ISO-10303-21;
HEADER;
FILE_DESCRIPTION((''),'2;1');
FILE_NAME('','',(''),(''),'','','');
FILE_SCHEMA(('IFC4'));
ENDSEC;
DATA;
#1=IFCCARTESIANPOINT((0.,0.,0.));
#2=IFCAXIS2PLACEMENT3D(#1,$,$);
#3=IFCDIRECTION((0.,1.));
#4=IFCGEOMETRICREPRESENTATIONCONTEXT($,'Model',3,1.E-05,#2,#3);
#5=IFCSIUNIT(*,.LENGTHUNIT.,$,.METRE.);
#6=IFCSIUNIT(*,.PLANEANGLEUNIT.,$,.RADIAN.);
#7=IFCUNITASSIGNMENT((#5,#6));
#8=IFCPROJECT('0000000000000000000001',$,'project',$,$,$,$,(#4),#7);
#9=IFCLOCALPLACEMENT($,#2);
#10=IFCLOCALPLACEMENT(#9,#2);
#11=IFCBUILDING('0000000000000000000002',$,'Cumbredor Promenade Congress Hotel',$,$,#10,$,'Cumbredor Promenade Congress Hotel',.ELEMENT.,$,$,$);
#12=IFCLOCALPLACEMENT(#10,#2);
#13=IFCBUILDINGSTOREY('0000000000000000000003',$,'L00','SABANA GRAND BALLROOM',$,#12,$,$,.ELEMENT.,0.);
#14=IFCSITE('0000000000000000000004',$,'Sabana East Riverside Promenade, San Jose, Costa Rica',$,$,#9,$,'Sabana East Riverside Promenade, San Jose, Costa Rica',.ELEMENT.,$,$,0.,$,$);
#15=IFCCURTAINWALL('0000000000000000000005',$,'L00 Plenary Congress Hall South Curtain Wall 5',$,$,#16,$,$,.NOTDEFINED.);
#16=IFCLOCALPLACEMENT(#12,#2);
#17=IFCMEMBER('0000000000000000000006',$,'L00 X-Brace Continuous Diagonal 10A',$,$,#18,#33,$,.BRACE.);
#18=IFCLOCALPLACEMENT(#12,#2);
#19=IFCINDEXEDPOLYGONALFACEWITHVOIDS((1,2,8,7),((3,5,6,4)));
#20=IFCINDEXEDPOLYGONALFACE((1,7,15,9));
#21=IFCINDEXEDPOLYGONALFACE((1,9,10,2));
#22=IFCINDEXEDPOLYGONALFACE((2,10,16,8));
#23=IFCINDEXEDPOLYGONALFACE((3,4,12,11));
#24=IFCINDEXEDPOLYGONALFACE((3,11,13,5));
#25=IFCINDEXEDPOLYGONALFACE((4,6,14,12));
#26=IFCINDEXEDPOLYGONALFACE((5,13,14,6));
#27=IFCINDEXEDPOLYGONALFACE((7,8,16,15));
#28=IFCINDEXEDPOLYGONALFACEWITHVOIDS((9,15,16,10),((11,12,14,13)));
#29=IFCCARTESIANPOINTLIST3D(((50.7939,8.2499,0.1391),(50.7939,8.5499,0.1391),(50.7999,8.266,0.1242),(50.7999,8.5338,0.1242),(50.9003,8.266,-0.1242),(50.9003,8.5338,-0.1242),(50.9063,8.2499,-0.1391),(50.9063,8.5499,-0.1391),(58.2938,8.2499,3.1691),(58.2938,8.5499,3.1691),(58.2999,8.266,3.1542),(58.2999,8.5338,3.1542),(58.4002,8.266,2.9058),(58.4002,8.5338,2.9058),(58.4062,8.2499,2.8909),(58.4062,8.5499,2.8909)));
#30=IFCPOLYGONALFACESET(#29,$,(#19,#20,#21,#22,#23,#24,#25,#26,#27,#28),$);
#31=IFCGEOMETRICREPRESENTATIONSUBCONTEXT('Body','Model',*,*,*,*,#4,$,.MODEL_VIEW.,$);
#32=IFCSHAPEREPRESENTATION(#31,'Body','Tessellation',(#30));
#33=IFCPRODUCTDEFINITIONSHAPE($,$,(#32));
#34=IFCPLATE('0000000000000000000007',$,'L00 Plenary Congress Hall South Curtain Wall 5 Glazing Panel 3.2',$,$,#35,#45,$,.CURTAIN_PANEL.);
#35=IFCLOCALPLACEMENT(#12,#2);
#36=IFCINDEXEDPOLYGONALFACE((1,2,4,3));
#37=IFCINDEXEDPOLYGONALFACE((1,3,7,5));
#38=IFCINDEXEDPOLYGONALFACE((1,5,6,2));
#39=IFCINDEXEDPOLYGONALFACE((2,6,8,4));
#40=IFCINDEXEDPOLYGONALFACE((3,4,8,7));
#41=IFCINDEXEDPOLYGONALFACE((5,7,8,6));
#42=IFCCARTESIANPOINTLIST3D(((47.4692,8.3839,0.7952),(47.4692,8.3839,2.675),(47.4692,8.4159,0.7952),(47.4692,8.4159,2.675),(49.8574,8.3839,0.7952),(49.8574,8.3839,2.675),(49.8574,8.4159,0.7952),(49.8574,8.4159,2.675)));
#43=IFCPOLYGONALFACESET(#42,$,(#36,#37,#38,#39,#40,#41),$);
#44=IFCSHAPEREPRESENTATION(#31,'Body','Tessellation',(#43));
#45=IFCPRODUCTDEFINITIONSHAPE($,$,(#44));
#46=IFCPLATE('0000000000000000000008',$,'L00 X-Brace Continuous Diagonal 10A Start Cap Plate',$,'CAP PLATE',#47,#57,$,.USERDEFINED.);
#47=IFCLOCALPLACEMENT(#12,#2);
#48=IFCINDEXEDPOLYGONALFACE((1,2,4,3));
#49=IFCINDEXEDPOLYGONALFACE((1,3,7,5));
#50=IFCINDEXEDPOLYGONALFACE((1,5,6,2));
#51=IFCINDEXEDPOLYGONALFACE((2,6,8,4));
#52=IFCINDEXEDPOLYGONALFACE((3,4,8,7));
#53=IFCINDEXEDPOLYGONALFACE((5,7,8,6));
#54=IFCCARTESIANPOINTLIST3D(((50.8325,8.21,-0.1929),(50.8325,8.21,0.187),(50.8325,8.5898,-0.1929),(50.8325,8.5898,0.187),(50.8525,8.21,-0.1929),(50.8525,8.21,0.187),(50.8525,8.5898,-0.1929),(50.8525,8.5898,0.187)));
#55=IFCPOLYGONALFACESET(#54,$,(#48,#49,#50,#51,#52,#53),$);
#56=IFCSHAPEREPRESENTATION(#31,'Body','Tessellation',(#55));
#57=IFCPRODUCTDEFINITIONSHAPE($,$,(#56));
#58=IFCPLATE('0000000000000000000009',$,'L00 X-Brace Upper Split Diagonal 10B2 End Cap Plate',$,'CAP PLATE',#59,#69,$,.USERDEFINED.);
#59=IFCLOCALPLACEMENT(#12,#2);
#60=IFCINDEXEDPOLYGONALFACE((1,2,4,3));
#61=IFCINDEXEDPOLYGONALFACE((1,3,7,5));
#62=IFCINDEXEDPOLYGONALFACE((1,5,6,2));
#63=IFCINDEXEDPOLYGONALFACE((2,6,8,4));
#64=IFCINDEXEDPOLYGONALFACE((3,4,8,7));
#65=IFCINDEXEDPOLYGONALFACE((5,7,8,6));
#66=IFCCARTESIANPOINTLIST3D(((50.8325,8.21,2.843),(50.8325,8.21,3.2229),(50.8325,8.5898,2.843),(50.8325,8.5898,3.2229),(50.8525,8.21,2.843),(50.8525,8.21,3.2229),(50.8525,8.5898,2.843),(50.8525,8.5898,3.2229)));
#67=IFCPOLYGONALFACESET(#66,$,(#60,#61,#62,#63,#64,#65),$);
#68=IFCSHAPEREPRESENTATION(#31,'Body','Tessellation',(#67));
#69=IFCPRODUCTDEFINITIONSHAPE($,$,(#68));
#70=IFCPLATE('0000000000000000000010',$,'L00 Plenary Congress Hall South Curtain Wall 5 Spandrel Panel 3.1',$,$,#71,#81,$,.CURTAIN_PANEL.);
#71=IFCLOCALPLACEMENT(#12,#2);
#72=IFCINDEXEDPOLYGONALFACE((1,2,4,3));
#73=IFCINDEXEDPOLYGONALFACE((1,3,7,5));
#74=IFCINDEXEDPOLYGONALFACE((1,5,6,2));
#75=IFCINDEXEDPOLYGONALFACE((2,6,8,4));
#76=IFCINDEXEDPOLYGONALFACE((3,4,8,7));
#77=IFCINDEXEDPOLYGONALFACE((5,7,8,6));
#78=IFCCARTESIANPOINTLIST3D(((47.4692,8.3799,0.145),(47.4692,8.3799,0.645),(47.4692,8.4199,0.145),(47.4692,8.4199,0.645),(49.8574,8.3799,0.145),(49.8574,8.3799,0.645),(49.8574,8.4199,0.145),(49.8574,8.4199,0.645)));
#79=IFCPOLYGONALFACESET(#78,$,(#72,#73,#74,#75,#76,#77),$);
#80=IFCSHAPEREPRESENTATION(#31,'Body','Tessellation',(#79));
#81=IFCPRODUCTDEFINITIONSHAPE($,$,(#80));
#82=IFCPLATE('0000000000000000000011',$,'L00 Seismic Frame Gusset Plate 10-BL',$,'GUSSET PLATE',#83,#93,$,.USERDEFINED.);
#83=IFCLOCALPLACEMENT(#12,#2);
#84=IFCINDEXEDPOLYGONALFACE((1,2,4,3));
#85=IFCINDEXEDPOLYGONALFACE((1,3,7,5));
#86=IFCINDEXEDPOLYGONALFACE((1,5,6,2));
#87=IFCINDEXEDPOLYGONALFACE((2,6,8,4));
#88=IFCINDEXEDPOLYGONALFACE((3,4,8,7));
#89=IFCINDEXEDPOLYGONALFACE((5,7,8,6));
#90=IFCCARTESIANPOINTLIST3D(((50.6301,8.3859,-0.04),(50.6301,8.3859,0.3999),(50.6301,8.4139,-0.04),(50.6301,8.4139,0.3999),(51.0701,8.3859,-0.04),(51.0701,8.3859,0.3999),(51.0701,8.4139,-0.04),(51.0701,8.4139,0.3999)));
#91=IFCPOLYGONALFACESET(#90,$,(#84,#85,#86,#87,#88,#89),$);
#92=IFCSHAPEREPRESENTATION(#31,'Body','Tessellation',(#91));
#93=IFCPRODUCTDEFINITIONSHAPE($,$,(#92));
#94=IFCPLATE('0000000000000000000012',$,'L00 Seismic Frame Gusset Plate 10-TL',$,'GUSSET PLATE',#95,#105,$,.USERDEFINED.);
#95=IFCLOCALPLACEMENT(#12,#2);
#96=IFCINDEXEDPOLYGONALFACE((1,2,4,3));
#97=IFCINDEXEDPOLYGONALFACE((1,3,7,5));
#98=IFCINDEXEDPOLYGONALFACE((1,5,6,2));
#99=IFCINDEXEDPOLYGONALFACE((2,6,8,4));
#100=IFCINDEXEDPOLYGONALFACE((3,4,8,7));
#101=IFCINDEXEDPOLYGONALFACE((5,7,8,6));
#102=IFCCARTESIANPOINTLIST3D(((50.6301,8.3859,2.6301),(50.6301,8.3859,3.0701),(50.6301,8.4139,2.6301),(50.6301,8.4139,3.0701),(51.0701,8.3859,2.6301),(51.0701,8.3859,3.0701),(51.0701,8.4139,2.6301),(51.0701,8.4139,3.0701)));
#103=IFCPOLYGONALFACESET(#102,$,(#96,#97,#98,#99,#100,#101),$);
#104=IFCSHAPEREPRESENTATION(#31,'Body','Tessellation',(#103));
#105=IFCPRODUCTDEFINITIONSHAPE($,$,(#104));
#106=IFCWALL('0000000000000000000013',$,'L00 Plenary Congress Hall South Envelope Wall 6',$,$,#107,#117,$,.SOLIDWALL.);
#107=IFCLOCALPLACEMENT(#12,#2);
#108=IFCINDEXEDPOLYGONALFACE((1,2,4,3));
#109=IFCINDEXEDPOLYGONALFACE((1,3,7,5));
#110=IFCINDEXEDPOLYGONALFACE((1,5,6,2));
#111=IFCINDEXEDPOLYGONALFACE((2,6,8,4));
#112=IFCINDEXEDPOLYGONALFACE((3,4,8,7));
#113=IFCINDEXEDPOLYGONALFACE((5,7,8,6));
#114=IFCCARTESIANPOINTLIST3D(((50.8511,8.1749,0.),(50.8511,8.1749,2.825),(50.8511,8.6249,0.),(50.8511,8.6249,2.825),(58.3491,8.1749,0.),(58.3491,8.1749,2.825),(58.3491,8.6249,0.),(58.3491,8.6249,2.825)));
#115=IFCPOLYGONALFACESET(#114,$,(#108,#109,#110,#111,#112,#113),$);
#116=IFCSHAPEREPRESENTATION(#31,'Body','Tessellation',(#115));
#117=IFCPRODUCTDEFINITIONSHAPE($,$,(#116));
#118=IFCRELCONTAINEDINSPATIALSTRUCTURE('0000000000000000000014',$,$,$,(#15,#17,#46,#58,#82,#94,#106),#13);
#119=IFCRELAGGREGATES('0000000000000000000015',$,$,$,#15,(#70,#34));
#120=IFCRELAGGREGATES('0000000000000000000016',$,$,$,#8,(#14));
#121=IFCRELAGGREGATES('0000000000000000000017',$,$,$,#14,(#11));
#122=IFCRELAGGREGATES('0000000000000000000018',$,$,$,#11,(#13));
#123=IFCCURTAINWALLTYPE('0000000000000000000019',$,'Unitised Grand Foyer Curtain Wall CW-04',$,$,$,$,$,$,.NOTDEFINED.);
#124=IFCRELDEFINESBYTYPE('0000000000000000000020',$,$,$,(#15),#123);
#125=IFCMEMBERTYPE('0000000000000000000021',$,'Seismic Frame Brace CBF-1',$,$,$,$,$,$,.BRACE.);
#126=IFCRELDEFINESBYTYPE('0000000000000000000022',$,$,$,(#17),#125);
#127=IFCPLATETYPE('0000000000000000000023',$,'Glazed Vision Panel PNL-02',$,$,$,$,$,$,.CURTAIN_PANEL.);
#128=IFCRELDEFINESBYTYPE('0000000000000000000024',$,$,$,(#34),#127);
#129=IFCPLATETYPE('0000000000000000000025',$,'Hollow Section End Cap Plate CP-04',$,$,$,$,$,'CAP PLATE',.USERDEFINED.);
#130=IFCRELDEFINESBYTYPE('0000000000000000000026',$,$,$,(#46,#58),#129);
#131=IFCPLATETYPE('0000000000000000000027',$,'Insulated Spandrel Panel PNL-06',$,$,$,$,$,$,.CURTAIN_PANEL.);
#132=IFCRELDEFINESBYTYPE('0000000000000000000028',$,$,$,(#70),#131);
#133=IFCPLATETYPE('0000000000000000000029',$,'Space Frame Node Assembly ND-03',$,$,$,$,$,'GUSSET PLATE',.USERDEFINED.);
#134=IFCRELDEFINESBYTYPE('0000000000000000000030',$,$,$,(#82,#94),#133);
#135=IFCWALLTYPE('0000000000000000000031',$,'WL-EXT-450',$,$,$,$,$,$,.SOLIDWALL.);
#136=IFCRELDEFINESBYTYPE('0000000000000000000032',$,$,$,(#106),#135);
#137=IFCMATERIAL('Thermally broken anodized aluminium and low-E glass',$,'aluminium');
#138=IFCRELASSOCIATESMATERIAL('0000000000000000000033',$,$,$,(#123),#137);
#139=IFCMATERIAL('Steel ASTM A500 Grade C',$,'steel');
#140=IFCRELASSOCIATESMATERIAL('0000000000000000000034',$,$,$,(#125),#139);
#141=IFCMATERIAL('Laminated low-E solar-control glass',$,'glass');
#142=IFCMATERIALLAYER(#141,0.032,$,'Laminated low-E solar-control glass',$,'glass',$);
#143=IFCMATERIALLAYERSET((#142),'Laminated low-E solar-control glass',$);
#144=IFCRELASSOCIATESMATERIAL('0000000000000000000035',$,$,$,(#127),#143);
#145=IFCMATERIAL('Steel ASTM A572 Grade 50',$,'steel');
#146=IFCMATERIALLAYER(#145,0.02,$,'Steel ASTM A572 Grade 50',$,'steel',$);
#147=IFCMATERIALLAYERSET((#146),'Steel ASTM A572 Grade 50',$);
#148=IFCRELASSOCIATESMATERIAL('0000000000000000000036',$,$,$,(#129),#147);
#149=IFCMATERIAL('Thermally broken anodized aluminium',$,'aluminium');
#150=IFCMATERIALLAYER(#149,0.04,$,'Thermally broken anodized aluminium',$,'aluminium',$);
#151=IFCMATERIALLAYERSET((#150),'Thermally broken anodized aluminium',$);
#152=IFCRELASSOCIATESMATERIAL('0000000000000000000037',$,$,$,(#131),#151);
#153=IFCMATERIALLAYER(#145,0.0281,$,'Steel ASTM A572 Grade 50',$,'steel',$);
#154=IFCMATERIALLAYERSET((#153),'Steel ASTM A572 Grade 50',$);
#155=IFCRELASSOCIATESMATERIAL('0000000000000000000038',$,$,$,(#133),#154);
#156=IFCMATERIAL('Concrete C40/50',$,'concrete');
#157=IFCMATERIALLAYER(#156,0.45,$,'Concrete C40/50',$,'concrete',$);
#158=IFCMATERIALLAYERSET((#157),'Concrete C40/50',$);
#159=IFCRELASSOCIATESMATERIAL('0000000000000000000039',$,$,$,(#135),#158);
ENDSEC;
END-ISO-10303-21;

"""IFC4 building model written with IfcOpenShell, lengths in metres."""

from ifc_helpers import new_model, si_unit, direction, frame, frame_2d, origin, origin_2d, place, context, subcontext, project, spatial, rectangle, hollow_rectangle, extrude, material, layer, layer_set, material_profile, profile_set, type_object, element, aggregate, save


model = new_model("IFC4")

# Units and contexts
model_context = context("Model", 3, precision=1e-05, world=origin(), true_north=direction((0.0, 1.0)))
body_context = subcontext(model_context, "Body", "Model", "MODEL_VIEW")
ifc_project = project(units=[si_unit("LENGTHUNIT", "METRE"), si_unit("PLANEANGLEUNIT", "RADIAN")], contexts=[model_context])

# Site, building, storey
site_placement = place(None, origin())
site = spatial("IfcSite", under=ifc_project, at=site_placement, Name="Sabana East Riverside Promenade, San Jose, Costa Rica", LongName="Sabana East Riverside Promenade, San Jose, Costa Rica", CompositionType="ELEMENT", RefElevation=0.0)
building_placement = place(site_placement, origin())
building = spatial("IfcBuilding", under=site, at=building_placement, Name="Cumbredor Promenade Congress Hotel", LongName="Cumbredor Promenade Congress Hotel", CompositionType="ELEMENT")
storey_placement = place(building_placement, origin())
storey = spatial("IfcBuildingStorey", under=building, at=storey_placement, Name="L00", Description="SABANA GRAND BALLROOM", CompositionType="ELEMENT", Elevation=0.0)

# Shared definitions
ifc_material_1 = material(Name="Concrete C40/50", Category="concrete")

# Curtain wall
ifc_material_2 = material(Name="Thermally broken anodized aluminium and low-E glass", Category="aluminium")
curtain_wall_type = type_object("IfcCurtainWallType", Name="Unitised Grand Foyer Curtain Wall CW-04", PredefinedType="NOTDEFINED", material=ifc_material_2)
curtain_wall_placement = place(storey_placement, origin())
curtain_wall = element("IfcCurtainWall", 1, at=curtain_wall_placement, inside=storey, type_object=curtain_wall_type, Name="L00 Plenary Congress Hall South Curtain Wall 5", PredefinedType="NOTDEFINED")
ifc_material_3 = material(Name="Thermally broken anodized aluminium", Category="aluminium")

# Member
ifc_material_4 = material(Name="Steel ASTM A500 Grade C", Category="steel")
ifc_material_profile_1 = material_profile(ifc_material_4, hollow_rectangle(XDim=0.3, YDim=0.3, WallThickness=0.0161, at=origin_2d()), Name="HSS 300x300x16")
ifc_profile_set_1 = profile_set([ifc_material_profile_1], Name="Steel ASTM A500 Grade C")
member_type_1 = type_object("IfcMemberType", Name="Seismic Frame Brace CBF-1", PredefinedType="BRACE", material=ifc_profile_set_1)
member_1_placement = place(storey_placement, frame((50.8501, 8.3999, 0.0), z_axis=(0.927191, 0.0, 0.374589), x_axis=(0.0, 1.0, 0.0)))
element("IfcMember", 2, at=member_1_placement, inside=storey, type_object=member_type_1, Name="L00 X-Brace Continuous Diagonal 10A", PredefinedType="BRACE", context=body_context, shape_type="SweptSolid", body=[
    extrude(hollow_rectangle(XDim=0.3, YDim=0.3, WallThickness=0.0161, at=origin_2d()), origin(), (0.0, 0.0, 1.0), 8.0889),
])

# Plate
ifc_material_5 = material(Name="Laminated low-E solar-control glass", Category="glass")
ifc_layer_1 = layer(ifc_material_5, 0.032, Name="Laminated low-E solar-control glass", Category="glass")
ifc_layer_set_1 = layer_set([ifc_layer_1], Name="Laminated low-E solar-control glass")
plate_type_1 = type_object("IfcPlateType", Name="Glazed Vision Panel PNL-02", PredefinedType="CURTAIN_PANEL", material=ifc_layer_set_1)
plate_1_placement = place(storey_placement, frame((48.6633, 8.3999, 0.7952), z_axis=(0.0, 0.0, 1.0), x_axis=(1.0, 0.0, 0.0)))
plate_1 = element("IfcPlate", 3, at=plate_1_placement, type_object=plate_type_1, Name="L00 Plenary Congress Hall South Curtain Wall 5 Glazing Panel 3.2", PredefinedType="CURTAIN_PANEL", context=body_context, shape_type="SweptSolid", body=[
    extrude(rectangle(XDim=2.3882, YDim=0.032, at=origin_2d()), origin(), (0.0, 0.0, 1.0), 1.8799),
])

# Plates
ifc_material_6 = material(Name="Steel ASTM A572 Grade 50", Category="steel")
ifc_layer_2 = layer(ifc_material_6, 0.02, Name="Steel ASTM A572 Grade 50", Category="steel")
ifc_layer_set_2 = layer_set([ifc_layer_2], Name="Steel ASTM A572 Grade 50")
plate_type_2 = type_object("IfcPlateType", Name="Hollow Section End Cap Plate CP-04", ElementType="CAP PLATE", PredefinedType="USERDEFINED", material=ifc_layer_set_2)
for number, where, z_axis, x_axis, name in (
    (4, (50.8425, 8.3999, -0.1929), (0.0, 0.0, 1.0), (1.0, 0.0, 0.0), "L00 X-Brace Continuous Diagonal 10A Start Cap Plate"),
    (5, (50.8425, 8.3999, 2.843), (0.0, 0.0, 1.0), (-1.0, 0.0, 0.0), "L00 X-Brace Upper Split Diagonal 10B2 End Cap Plate"),
):
    element("IfcPlate", number, at=place(storey_placement, frame(where, z_axis=z_axis, x_axis=x_axis)), inside=storey, type_object=plate_type_2, Name=name, ObjectType="CAP PLATE", PredefinedType="USERDEFINED", context=body_context, shape_type="SweptSolid", body=[
        extrude(rectangle(XDim=0.02, YDim=0.3799, at=origin_2d()), origin(), (0.0, 0.0, 1.0), 0.3799),
    ])

# Plate
ifc_layer_3 = layer(ifc_material_3, 0.04, Name="Thermally broken anodized aluminium", Category="aluminium")
ifc_layer_set_3 = layer_set([ifc_layer_3], Name="Thermally broken anodized aluminium")
plate_type_3 = type_object("IfcPlateType", Name="Insulated Spandrel Panel PNL-06", PredefinedType="CURTAIN_PANEL", material=ifc_layer_set_3)
plate_2_placement = place(storey_placement, frame((48.6633, 8.3999, 0.145), z_axis=(0.0, 0.0, 1.0), x_axis=(1.0, 0.0, 0.0)))
plate_2 = element("IfcPlate", 6, at=plate_2_placement, type_object=plate_type_3, Name="L00 Plenary Congress Hall South Curtain Wall 5 Spandrel Panel 3.1", PredefinedType="CURTAIN_PANEL", context=body_context, shape_type="SweptSolid", body=[
    extrude(rectangle(XDim=2.3882, YDim=0.04, at=origin_2d()), origin(), (0.0, 0.0, 1.0), 0.5),
])
aggregate(curtain_wall, [plate_2, plate_1])

# Plates
ifc_layer_4 = layer(ifc_material_6, 0.0281, Name="Steel ASTM A572 Grade 50", Category="steel")
ifc_layer_set_4 = layer_set([ifc_layer_4], Name="Steel ASTM A572 Grade 50")
plate_type_4 = type_object("IfcPlateType", Name="Space Frame Node Assembly ND-03", ElementType="GUSSET PLATE", PredefinedType="USERDEFINED", material=ifc_layer_set_4)
for number, where, z_axis, x_axis, name in (
    (7, (50.8501, 8.3999, -0.04), (0.0, 0.0, 1.0), (1.0, 0.0, 0.0), "L00 Seismic Frame Gusset Plate 10-BL"),
    (8, (50.8501, 8.3999, 2.6301), (0.0, 0.0, 1.0), (1.0, 0.0, 0.0), "L00 Seismic Frame Gusset Plate 10-TL"),
):
    element("IfcPlate", number, at=place(storey_placement, frame(where, z_axis=z_axis, x_axis=x_axis)), inside=storey, type_object=plate_type_4, Name=name, ObjectType="GUSSET PLATE", PredefinedType="USERDEFINED", context=body_context, shape_type="SweptSolid", body=[
        extrude(rectangle(XDim=0.4399, YDim=0.0281, at=origin_2d()), origin(), (0.0, 0.0, 1.0), 0.4399),
    ])

# Wall
ifc_layer_5 = layer(ifc_material_1, 0.45, Name="Concrete C40/50", Category="concrete")
ifc_layer_set_5 = layer_set([ifc_layer_5], Name="Concrete C40/50")
wall_type = type_object("IfcWallType", Name="WL-EXT-450", PredefinedType="SOLIDWALL", material=ifc_layer_set_5)
wall_placement = place(storey_placement, frame((50.8511, 8.3999, 0.0), z_axis=(0.0, 0.0, 1.0), x_axis=(1.0, 0.0, 0.0)))
element("IfcWall", 9, at=wall_placement, inside=storey, type_object=wall_type, Name="L00 Plenary Congress Hall South Envelope Wall 6", PredefinedType="SOLIDWALL", context=body_context, shape_type="SweptSolid", body=[
    extrude(rectangle(XDim=7.498, YDim=0.45, at=frame_2d((3.749, 0.0))), origin(), (0.0, 0.0, 1.0), 2.825),
])

save(model, "model.ifc")
